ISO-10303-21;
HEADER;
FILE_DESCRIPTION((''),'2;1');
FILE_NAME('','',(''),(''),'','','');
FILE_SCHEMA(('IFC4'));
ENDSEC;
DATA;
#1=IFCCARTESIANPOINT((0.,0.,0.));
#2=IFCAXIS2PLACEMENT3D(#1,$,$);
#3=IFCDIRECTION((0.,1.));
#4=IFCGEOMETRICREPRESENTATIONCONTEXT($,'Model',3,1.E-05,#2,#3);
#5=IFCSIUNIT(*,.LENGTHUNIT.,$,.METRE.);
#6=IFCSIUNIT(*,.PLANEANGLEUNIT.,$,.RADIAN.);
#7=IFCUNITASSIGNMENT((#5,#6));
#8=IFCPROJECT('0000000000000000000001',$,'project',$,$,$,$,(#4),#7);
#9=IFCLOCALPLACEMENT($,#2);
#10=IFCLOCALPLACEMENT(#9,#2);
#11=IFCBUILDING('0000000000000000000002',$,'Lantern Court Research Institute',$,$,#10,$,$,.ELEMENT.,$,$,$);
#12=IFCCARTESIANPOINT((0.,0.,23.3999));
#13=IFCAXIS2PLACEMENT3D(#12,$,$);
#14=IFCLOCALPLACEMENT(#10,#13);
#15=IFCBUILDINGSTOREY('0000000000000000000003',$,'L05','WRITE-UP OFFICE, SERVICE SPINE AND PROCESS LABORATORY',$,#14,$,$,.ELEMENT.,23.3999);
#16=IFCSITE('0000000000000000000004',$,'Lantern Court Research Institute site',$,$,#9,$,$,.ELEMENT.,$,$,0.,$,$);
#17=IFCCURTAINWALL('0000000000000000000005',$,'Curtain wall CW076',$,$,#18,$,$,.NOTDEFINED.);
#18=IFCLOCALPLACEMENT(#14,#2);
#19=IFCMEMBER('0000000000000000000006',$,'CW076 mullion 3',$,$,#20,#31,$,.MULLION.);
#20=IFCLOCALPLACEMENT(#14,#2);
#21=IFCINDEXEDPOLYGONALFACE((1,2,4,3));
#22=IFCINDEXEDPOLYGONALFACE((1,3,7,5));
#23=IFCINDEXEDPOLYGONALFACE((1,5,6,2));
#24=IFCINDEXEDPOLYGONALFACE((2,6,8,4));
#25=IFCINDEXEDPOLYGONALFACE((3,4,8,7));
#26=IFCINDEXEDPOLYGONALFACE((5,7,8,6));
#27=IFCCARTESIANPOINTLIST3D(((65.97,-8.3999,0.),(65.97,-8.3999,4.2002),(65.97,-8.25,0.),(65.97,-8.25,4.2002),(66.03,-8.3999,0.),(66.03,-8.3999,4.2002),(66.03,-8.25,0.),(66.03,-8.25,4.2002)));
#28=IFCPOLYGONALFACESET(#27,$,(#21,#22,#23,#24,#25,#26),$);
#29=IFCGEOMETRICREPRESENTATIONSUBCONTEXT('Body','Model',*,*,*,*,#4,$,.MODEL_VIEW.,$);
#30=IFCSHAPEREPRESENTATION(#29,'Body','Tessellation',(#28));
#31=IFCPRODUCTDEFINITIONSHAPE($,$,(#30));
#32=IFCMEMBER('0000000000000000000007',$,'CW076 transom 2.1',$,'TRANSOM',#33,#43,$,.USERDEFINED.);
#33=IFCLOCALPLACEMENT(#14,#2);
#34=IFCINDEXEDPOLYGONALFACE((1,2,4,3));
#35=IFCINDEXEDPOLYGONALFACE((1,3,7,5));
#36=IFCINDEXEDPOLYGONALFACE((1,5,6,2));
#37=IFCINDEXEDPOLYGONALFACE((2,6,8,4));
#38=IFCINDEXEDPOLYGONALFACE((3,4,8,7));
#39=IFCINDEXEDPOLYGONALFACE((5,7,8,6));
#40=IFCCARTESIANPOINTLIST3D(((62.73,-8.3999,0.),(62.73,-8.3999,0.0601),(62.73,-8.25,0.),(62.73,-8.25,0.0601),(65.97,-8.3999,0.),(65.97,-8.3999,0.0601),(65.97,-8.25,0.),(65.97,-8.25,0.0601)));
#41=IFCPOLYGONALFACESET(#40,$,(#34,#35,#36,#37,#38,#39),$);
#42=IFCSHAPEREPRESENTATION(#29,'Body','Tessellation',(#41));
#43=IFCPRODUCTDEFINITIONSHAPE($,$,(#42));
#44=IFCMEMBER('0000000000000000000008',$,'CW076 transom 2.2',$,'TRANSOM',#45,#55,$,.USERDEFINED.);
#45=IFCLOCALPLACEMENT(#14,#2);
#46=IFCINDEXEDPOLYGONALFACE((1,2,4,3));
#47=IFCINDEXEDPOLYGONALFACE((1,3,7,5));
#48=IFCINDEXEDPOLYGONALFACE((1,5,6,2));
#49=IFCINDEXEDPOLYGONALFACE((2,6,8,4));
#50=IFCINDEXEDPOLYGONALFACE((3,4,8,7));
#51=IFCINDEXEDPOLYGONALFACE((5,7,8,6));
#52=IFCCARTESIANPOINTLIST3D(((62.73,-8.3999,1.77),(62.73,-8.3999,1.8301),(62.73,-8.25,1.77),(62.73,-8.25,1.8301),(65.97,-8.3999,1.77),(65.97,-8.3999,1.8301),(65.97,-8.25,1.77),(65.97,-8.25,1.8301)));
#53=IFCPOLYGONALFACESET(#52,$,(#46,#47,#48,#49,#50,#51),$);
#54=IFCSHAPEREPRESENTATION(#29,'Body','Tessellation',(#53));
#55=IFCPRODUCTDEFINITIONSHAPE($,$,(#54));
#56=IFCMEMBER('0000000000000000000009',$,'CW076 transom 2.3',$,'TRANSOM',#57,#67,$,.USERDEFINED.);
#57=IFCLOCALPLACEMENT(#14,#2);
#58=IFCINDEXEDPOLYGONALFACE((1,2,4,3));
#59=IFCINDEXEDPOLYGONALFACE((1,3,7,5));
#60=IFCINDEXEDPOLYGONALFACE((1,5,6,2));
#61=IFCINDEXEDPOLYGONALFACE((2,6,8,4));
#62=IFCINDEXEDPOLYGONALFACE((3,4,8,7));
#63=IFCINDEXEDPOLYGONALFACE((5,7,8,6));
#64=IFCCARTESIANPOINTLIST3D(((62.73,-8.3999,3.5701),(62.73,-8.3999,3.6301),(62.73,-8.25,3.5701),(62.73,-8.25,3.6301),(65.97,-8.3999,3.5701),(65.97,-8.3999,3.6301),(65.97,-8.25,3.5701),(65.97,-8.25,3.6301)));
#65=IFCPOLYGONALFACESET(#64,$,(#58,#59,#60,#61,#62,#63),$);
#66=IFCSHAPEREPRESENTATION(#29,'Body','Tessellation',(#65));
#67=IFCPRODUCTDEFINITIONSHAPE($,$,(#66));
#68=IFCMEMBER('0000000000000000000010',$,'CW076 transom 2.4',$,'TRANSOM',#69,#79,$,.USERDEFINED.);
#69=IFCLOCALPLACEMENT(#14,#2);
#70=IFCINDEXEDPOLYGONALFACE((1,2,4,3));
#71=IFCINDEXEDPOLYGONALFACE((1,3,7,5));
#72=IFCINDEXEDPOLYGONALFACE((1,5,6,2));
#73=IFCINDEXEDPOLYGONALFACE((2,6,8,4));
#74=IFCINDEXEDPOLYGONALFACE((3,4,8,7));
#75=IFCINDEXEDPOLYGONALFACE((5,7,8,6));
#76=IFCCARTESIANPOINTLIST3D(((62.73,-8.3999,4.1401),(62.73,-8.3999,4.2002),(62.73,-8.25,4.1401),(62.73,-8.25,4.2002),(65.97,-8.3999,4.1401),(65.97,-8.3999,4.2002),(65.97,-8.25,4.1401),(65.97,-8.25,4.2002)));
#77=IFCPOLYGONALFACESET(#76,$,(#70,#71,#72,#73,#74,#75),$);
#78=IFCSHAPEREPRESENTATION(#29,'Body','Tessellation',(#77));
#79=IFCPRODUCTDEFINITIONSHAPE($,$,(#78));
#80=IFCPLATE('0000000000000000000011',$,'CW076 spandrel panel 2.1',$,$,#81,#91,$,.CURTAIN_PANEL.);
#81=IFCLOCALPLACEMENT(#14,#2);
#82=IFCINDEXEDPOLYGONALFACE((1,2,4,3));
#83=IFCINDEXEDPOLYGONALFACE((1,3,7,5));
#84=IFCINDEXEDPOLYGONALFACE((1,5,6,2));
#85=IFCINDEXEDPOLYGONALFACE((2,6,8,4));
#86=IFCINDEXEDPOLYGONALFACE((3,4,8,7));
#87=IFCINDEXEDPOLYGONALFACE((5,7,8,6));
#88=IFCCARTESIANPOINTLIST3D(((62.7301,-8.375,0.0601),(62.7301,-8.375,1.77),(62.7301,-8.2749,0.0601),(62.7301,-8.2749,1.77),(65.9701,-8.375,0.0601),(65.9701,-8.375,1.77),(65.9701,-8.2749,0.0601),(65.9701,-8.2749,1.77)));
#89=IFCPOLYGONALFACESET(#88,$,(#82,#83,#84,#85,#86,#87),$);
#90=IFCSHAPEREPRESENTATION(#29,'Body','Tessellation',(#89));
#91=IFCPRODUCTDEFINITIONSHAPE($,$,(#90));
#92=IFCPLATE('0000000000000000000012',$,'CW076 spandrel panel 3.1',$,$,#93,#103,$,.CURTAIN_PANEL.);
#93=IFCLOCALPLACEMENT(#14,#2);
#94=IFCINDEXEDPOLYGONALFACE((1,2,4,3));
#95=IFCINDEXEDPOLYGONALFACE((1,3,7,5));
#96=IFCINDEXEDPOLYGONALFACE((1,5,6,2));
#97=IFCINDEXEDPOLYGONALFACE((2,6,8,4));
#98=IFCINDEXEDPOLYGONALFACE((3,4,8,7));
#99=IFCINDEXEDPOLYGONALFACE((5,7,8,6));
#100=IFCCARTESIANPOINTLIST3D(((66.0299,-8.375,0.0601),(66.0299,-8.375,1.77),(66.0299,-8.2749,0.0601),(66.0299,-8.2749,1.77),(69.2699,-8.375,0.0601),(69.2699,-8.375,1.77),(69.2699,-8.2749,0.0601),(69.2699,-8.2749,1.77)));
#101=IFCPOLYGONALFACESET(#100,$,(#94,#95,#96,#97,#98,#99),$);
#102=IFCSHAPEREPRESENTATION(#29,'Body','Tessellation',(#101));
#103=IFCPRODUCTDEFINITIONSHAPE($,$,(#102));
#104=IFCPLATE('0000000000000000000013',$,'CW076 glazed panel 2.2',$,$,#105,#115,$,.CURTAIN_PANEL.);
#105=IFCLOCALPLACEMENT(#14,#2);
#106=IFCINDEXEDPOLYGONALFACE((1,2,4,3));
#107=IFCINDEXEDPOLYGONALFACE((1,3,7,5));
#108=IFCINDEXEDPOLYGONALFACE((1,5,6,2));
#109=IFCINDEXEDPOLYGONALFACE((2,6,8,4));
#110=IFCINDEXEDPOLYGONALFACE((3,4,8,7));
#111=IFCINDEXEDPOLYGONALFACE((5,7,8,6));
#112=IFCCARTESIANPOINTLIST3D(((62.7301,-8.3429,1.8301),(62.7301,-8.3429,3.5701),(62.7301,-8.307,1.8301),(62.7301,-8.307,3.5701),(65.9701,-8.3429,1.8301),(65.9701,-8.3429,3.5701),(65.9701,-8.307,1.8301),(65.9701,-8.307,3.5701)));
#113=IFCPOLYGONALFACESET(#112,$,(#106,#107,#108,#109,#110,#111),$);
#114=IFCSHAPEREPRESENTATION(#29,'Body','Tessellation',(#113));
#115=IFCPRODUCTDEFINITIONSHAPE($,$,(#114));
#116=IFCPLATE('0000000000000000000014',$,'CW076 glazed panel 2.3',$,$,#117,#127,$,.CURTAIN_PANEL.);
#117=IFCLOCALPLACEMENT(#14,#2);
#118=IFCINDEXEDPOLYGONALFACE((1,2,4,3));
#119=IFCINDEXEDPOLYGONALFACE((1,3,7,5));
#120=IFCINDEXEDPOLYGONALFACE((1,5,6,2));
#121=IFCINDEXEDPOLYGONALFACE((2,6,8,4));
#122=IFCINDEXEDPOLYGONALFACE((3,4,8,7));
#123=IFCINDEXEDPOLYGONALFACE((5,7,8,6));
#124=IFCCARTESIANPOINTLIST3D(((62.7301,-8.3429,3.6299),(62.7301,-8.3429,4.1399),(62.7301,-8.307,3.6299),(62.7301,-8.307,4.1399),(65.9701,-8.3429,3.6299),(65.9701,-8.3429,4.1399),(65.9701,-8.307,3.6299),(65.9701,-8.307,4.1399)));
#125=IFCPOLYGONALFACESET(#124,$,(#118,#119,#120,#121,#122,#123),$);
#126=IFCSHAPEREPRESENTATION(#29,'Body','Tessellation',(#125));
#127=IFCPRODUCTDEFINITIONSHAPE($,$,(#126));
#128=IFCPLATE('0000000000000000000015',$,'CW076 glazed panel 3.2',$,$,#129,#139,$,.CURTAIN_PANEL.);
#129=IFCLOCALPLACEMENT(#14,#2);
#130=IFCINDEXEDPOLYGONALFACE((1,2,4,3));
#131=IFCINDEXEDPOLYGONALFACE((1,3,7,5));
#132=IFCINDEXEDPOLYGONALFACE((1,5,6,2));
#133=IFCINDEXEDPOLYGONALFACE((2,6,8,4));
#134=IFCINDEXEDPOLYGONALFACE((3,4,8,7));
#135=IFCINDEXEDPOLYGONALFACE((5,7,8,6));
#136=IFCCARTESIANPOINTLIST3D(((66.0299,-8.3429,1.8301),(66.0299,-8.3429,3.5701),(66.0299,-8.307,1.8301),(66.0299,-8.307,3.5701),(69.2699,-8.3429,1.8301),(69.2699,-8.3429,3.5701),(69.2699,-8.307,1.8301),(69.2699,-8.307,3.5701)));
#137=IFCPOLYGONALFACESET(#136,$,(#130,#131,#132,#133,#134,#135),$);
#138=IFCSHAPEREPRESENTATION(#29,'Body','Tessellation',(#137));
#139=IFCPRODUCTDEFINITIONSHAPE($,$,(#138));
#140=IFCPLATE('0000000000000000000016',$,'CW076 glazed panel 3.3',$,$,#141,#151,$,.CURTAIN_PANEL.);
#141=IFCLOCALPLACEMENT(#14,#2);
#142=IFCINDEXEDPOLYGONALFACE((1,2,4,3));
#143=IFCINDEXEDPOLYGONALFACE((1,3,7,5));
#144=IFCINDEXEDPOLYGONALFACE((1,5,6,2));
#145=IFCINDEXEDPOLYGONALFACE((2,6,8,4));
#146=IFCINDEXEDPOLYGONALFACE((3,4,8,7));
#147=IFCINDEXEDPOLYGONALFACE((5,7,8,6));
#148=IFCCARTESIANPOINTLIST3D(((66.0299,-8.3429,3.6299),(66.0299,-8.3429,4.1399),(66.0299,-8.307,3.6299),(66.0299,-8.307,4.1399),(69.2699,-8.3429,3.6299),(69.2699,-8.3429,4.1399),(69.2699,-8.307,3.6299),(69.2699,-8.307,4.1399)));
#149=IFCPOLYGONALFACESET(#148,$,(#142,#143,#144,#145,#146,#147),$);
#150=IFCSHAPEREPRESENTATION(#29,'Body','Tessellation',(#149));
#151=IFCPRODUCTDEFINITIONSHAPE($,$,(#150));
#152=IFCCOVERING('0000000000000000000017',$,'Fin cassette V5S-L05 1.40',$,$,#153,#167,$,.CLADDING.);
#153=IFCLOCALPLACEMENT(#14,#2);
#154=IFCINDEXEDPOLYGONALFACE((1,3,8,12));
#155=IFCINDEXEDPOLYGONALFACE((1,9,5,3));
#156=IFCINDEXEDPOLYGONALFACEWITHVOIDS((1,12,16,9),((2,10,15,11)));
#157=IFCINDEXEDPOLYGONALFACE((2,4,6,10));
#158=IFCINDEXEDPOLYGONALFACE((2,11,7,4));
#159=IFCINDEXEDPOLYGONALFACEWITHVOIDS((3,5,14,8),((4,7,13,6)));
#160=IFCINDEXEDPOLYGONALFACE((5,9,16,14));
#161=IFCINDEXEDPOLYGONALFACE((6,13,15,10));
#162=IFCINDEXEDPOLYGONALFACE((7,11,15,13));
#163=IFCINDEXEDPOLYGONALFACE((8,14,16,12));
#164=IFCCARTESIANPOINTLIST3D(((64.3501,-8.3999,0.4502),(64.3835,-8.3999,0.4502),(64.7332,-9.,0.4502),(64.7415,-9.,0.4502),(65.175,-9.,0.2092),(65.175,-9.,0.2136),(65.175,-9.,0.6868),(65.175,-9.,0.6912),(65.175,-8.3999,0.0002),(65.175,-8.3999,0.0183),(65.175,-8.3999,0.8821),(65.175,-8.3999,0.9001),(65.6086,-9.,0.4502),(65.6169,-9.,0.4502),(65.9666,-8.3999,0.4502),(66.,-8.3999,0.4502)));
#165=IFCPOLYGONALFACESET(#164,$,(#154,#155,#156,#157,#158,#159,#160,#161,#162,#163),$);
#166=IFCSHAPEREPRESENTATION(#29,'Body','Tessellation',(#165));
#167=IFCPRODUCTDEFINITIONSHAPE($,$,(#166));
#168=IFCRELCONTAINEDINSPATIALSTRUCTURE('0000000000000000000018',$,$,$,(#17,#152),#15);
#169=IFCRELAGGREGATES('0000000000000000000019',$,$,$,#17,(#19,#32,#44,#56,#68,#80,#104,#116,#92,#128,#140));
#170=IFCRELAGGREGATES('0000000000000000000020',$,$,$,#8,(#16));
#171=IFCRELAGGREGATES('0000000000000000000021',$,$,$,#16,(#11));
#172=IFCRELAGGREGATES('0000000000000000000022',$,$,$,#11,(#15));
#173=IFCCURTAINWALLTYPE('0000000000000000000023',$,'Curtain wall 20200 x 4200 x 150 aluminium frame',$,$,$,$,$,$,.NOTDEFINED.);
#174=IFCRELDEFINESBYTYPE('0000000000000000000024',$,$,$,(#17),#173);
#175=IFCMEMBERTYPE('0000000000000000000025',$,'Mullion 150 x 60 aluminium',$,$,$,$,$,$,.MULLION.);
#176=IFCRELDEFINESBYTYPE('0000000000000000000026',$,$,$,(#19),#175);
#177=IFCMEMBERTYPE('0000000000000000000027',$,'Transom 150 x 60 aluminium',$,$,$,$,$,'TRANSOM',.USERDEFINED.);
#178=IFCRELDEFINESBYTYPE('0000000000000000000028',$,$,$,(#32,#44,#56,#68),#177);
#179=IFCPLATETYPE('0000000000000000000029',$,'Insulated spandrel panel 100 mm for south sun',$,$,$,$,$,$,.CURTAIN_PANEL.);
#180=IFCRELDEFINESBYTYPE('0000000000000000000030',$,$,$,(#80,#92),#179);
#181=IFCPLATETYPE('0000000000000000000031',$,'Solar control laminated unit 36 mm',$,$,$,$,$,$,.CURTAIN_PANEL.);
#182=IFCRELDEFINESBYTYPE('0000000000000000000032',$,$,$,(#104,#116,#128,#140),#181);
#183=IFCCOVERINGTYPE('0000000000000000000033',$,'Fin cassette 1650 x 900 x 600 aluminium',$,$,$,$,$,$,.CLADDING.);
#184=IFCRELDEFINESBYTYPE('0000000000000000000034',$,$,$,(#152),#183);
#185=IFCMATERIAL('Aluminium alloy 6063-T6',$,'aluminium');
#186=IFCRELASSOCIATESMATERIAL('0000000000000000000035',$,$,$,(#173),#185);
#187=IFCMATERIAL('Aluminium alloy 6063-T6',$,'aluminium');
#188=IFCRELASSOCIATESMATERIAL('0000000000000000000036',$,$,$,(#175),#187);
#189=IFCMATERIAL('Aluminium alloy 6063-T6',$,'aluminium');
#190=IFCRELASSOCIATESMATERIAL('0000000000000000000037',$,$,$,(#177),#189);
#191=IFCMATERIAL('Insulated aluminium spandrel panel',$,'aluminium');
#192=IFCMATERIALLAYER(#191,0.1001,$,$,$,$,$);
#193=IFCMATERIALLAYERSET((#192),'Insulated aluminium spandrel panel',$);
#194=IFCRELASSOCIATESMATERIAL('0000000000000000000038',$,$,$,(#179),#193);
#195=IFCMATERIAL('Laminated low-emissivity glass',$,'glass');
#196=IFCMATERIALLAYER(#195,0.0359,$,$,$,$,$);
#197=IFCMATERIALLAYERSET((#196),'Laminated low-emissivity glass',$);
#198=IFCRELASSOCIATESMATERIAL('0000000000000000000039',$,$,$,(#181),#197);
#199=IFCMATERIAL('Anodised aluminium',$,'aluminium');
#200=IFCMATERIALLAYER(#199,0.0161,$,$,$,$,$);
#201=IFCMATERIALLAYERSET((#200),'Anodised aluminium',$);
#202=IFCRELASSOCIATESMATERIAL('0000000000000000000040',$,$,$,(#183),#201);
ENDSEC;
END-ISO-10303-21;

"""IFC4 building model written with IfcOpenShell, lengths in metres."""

from ifc_helpers import new_model, entity, si_unit, direction, frame, origin, origin_2d, place, context, subcontext, project, spatial, rectangle, extrude, material, layer, layer_set, material_profile, profile_set, type_object, element, aggregate, save


model = new_model("IFC4")

# Units and contexts
model_context = context("Model", 3, precision=1e-05, world=origin(), true_north=direction((0.0, 1.0)))
body_context = subcontext(model_context, "Body", "Model", "MODEL_VIEW")
ifc_project = project(units=[si_unit("LENGTHUNIT", "METRE"), si_unit("PLANEANGLEUNIT", "RADIAN")], contexts=[model_context])

# Site, building, storey
site_placement = place(None, origin())
site = spatial("IfcSite", under=ifc_project, at=site_placement, Name="Lantern Court Research Institute site", CompositionType="ELEMENT", RefElevation=0.0)
building_placement = place(site_placement, origin())
building = spatial("IfcBuilding", under=site, at=building_placement, Name="Lantern Court Research Institute", CompositionType="ELEMENT")
storey_placement = place(building_placement, frame((0.0, 0.0, 23.3999)))
storey = spatial("IfcBuildingStorey", under=building, at=storey_placement, Name="L05", Description="WRITE-UP OFFICE, SERVICE SPINE AND PROCESS LABORATORY", CompositionType="ELEMENT", Elevation=23.3999)

# Curtain wall, members, plates
ifc_material_1 = material(Name="Aluminium alloy 6063-T6", Category="aluminium")
curtain_wall_type = type_object("IfcCurtainWallType", Name="Curtain wall 20200 x 4200 x 150 aluminium frame", PredefinedType="NOTDEFINED", material=ifc_material_1)
curtain_wall_placement = place(storey_placement, origin())
curtain_wall = element("IfcCurtainWall", 1, at=curtain_wall_placement, inside=storey, type_object=curtain_wall_type, Name="Curtain wall CW076", PredefinedType="NOTDEFINED")
ifc_material_2 = material(Name="Aluminium alloy 6063-T6", Category="aluminium")
ifc_material_profile_1 = material_profile(ifc_material_2, rectangle(XDim=0.1499, YDim=0.0601, at=origin_2d()), Name="Mullion 150 x 60")
ifc_profile_set_1 = profile_set([ifc_material_profile_1], Name="Aluminium alloy 6063-T6")
member_type_1 = type_object("IfcMemberType", Name="Mullion 150 x 60 aluminium", PredefinedType="MULLION", material=ifc_profile_set_1)
member_1_placement = place(storey_placement, frame((66.0, -8.325, 0.0), z_axis=(0.0, 0.0, 1.0), x_axis=(0.0, -1.0, 0.0)))
member_1 = element("IfcMember", 2, at=member_1_placement, type_object=member_type_1, Name="CW076 mullion 3", PredefinedType="MULLION", context=body_context, shape_type="SweptSolid", body=[
    extrude(rectangle(XDim=0.1499, YDim=0.0601, at=origin_2d()), origin(), (0.0, 0.0, 1.0), 4.2002),
])
ifc_material_3 = material(Name="Aluminium alloy 6063-T6", Category="aluminium")
ifc_material_profile_2 = material_profile(ifc_material_3, rectangle(XDim=0.1499, YDim=0.0601, at=origin_2d()), Name="Transom 150 x 60")
ifc_profile_set_2 = profile_set([ifc_material_profile_2], Name="Aluminium alloy 6063-T6")
member_type_2 = type_object("IfcMemberType", Name="Transom 150 x 60 aluminium", ElementType="TRANSOM", PredefinedType="USERDEFINED", material=ifc_profile_set_2)
member_2_placement = place(storey_placement, frame((65.97, -8.325, 0.03), z_axis=(-1.0, 0.0, 0.0), x_axis=(0.0, -1.0, 0.0)))
member_2 = element("IfcMember", 3, at=member_2_placement, type_object=member_type_2, Name="CW076 transom 2.1", ObjectType="TRANSOM", PredefinedType="USERDEFINED", context=body_context, shape_type="SweptSolid", body=[
    extrude(rectangle(XDim=0.1499, YDim=0.0601, at=origin_2d()), origin(), (0.0, 0.0, 1.0), 3.24),
])
member_3_placement = place(storey_placement, frame((65.97, -8.325, 1.8), z_axis=(-1.0, 0.0, 0.0), x_axis=(0.0, -1.0, 0.0)))
member_3 = element("IfcMember", 4, at=member_3_placement, type_object=member_type_2, Name="CW076 transom 2.2", ObjectType="TRANSOM", PredefinedType="USERDEFINED", context=body_context, shape_type="SweptSolid", body=[
    extrude(rectangle(XDim=0.1499, YDim=0.0601, at=origin_2d()), origin(), (0.0, 0.0, 1.0), 3.24),
])
member_4_placement = place(storey_placement, frame((65.97, -8.325, 3.6001), z_axis=(-1.0, 0.0, 0.0), x_axis=(0.0, -1.0, 0.0)))
member_4 = element("IfcMember", 5, at=member_4_placement, type_object=member_type_2, Name="CW076 transom 2.3", ObjectType="TRANSOM", PredefinedType="USERDEFINED", context=body_context, shape_type="SweptSolid", body=[
    extrude(rectangle(XDim=0.1499, YDim=0.0601, at=origin_2d()), origin(), (0.0, 0.0, 1.0), 3.24),
])
member_5_placement = place(storey_placement, frame((65.97, -8.325, 4.1702), z_axis=(-1.0, 0.0, 0.0), x_axis=(0.0, -1.0, 0.0)))
member_5 = element("IfcMember", 6, at=member_5_placement, type_object=member_type_2, Name="CW076 transom 2.4", ObjectType="TRANSOM", PredefinedType="USERDEFINED", context=body_context, shape_type="SweptSolid", body=[
    extrude(rectangle(XDim=0.1499, YDim=0.0601, at=origin_2d()), origin(), (0.0, 0.0, 1.0), 3.24),
])
ifc_material_4 = material(Name="Insulated aluminium spandrel panel", Category="aluminium")
ifc_layer_1 = layer(ifc_material_4, 0.1001)
ifc_layer_set_1 = layer_set([ifc_layer_1], Name="Insulated aluminium spandrel panel")
plate_type_1 = type_object("IfcPlateType", Name="Insulated spandrel panel 100 mm for south sun", PredefinedType="CURTAIN_PANEL", material=ifc_layer_set_1)
plate_1_placement = place(storey_placement, frame((64.3501, -8.325, 0.0601), z_axis=(0.0, 0.0, 1.0), x_axis=(-1.0, 0.0, 0.0)))
plate_1 = element("IfcPlate", 7, at=plate_1_placement, type_object=plate_type_1, Name="CW076 spandrel panel 2.1", PredefinedType="CURTAIN_PANEL", context=body_context, shape_type="SweptSolid", body=[
    extrude(rectangle(XDim=3.24, YDim=0.1001, at=origin_2d()), origin(), (0.0, 0.0, 1.0), 1.71),
])
plate_2_placement = place(storey_placement, frame((67.6499, -8.325, 0.0601), z_axis=(0.0, 0.0, 1.0), x_axis=(-1.0, 0.0, 0.0)))
plate_2 = element("IfcPlate", 8, at=plate_2_placement, type_object=plate_type_1, Name="CW076 spandrel panel 3.1", PredefinedType="CURTAIN_PANEL", context=body_context, shape_type="SweptSolid", body=[
    extrude(rectangle(XDim=3.24, YDim=0.1001, at=origin_2d()), origin(), (0.0, 0.0, 1.0), 1.71),
])
ifc_material_5 = material(Name="Laminated low-emissivity glass", Category="glass")
ifc_layer_2 = layer(ifc_material_5, 0.0359)
ifc_layer_set_2 = layer_set([ifc_layer_2], Name="Laminated low-emissivity glass")
plate_type_2 = type_object("IfcPlateType", Name="Solar control laminated unit 36 mm", PredefinedType="CURTAIN_PANEL", material=ifc_layer_set_2)
plate_3_placement = place(storey_placement, frame((64.3501, -8.325, 1.8301), z_axis=(0.0, 0.0, 1.0), x_axis=(-1.0, 0.0, 0.0)))
plate_3 = element("IfcPlate", 9, at=plate_3_placement, type_object=plate_type_2, Name="CW076 glazed panel 2.2", PredefinedType="CURTAIN_PANEL", context=body_context, shape_type="SweptSolid", body=[
    extrude(rectangle(XDim=3.24, YDim=0.0359, at=origin_2d()), origin(), (0.0, 0.0, 1.0), 1.74),
])
plate_4_placement = place(storey_placement, frame((64.3501, -8.325, 3.6299), z_axis=(0.0, 0.0, 1.0), x_axis=(-1.0, 0.0, 0.0)))
plate_4 = element("IfcPlate", 10, at=plate_4_placement, type_object=plate_type_2, Name="CW076 glazed panel 2.3", PredefinedType="CURTAIN_PANEL", context=body_context, shape_type="SweptSolid", body=[
    extrude(rectangle(XDim=3.24, YDim=0.0359, at=origin_2d()), origin(), (0.0, 0.0, 1.0), 0.51),
])
plate_5_placement = place(storey_placement, frame((67.6499, -8.325, 1.8301), z_axis=(0.0, 0.0, 1.0), x_axis=(-1.0, 0.0, 0.0)))
plate_5 = element("IfcPlate", 11, at=plate_5_placement, type_object=plate_type_2, Name="CW076 glazed panel 3.2", PredefinedType="CURTAIN_PANEL", context=body_context, shape_type="SweptSolid", body=[
    extrude(rectangle(XDim=3.24, YDim=0.0359, at=origin_2d()), origin(), (0.0, 0.0, 1.0), 1.74),
])
plate_6_placement = place(storey_placement, frame((67.6499, -8.325, 3.6299), z_axis=(0.0, 0.0, 1.0), x_axis=(-1.0, 0.0, 0.0)))
plate_6 = element("IfcPlate", 12, at=plate_6_placement, type_object=plate_type_2, Name="CW076 glazed panel 3.3", PredefinedType="CURTAIN_PANEL", context=body_context, shape_type="SweptSolid", body=[
    extrude(rectangle(XDim=3.24, YDim=0.0359, at=origin_2d()), origin(), (0.0, 0.0, 1.0), 0.51),
])
aggregate(curtain_wall, [member_1, member_2, member_3, member_4, member_5, plate_1, plate_3, plate_4, plate_2, plate_5, plate_6])

# Covering
ifc_material_6 = material(Name="Anodised aluminium", Category="aluminium")
ifc_layer_3 = layer(ifc_material_6, 0.0161)
ifc_layer_set_3 = layer_set([ifc_layer_3], Name="Anodised aluminium")
covering_type = type_object("IfcCoveringType", Name="Fin cassette 1650 x 900 x 600 aluminium", PredefinedType="CLADDING", material=ifc_layer_set_3)
covering_1_placement = place(storey_placement, frame((65.175, -8.3999, 0.4502), z_axis=(0.0, -1.0, 0.0), x_axis=(1.0, 0.0, 0.0)))
cartesian_point_1 = entity("IfcCartesianPoint", [0.825, 0.0])
cartesian_point_2 = entity("IfcCartesianPoint", [0.7915, 0.0])
cartesian_point_3 = entity("IfcCartesianPoint", [0.4419, 0.0])
cartesian_point_4 = entity("IfcCartesianPoint", [0.4336, 0.0])
element("IfcCovering", 13, at=covering_1_placement, inside=storey, type_object=covering_type, Name="Fin cassette V5S-L05 1.40", PredefinedType="CLADDING", context=body_context, shape_type="SweptSolid", body=[
    entity("IfcExtrudedAreaSolidTapered", entity("IfcArbitraryProfileDefWithVoids", "AREA", None, entity("IfcPolyline", [cartesian_point_1, entity("IfcCartesianPoint", [0.0, 0.45]), entity("IfcCartesianPoint", [-0.825, 0.0]), entity("IfcCartesianPoint", [0.0, -0.45]), cartesian_point_1]), [entity("IfcPolyline", [cartesian_point_2, entity("IfcCartesianPoint", [0.0, 0.4319]), entity("IfcCartesianPoint", [-0.7915, 0.0]), entity("IfcCartesianPoint", [0.0, -0.4319]), cartesian_point_2])]), entity("IfcAxis2Placement3D", entity("IfcCartesianPoint", [0.0, 0.0, 0.0])), entity("IfcDirection", [0.0, 0.0, 1.0]), 0.6001, entity("IfcArbitraryProfileDefWithVoids", "AREA", None, entity("IfcPolyline", [cartesian_point_3, entity("IfcCartesianPoint", [0.0, 0.241]), entity("IfcCartesianPoint", [-0.4419, 0.0]), entity("IfcCartesianPoint", [0.0, -0.241]), cartesian_point_3]), [entity("IfcPolyline", [cartesian_point_4, entity("IfcCartesianPoint", [0.0, 0.2366]), entity("IfcCartesianPoint", [-0.4336, 0.0]), entity("IfcCartesianPoint", [0.0, -0.2366]), cartesian_point_4])])),
])

save(model, "model.ifc")
